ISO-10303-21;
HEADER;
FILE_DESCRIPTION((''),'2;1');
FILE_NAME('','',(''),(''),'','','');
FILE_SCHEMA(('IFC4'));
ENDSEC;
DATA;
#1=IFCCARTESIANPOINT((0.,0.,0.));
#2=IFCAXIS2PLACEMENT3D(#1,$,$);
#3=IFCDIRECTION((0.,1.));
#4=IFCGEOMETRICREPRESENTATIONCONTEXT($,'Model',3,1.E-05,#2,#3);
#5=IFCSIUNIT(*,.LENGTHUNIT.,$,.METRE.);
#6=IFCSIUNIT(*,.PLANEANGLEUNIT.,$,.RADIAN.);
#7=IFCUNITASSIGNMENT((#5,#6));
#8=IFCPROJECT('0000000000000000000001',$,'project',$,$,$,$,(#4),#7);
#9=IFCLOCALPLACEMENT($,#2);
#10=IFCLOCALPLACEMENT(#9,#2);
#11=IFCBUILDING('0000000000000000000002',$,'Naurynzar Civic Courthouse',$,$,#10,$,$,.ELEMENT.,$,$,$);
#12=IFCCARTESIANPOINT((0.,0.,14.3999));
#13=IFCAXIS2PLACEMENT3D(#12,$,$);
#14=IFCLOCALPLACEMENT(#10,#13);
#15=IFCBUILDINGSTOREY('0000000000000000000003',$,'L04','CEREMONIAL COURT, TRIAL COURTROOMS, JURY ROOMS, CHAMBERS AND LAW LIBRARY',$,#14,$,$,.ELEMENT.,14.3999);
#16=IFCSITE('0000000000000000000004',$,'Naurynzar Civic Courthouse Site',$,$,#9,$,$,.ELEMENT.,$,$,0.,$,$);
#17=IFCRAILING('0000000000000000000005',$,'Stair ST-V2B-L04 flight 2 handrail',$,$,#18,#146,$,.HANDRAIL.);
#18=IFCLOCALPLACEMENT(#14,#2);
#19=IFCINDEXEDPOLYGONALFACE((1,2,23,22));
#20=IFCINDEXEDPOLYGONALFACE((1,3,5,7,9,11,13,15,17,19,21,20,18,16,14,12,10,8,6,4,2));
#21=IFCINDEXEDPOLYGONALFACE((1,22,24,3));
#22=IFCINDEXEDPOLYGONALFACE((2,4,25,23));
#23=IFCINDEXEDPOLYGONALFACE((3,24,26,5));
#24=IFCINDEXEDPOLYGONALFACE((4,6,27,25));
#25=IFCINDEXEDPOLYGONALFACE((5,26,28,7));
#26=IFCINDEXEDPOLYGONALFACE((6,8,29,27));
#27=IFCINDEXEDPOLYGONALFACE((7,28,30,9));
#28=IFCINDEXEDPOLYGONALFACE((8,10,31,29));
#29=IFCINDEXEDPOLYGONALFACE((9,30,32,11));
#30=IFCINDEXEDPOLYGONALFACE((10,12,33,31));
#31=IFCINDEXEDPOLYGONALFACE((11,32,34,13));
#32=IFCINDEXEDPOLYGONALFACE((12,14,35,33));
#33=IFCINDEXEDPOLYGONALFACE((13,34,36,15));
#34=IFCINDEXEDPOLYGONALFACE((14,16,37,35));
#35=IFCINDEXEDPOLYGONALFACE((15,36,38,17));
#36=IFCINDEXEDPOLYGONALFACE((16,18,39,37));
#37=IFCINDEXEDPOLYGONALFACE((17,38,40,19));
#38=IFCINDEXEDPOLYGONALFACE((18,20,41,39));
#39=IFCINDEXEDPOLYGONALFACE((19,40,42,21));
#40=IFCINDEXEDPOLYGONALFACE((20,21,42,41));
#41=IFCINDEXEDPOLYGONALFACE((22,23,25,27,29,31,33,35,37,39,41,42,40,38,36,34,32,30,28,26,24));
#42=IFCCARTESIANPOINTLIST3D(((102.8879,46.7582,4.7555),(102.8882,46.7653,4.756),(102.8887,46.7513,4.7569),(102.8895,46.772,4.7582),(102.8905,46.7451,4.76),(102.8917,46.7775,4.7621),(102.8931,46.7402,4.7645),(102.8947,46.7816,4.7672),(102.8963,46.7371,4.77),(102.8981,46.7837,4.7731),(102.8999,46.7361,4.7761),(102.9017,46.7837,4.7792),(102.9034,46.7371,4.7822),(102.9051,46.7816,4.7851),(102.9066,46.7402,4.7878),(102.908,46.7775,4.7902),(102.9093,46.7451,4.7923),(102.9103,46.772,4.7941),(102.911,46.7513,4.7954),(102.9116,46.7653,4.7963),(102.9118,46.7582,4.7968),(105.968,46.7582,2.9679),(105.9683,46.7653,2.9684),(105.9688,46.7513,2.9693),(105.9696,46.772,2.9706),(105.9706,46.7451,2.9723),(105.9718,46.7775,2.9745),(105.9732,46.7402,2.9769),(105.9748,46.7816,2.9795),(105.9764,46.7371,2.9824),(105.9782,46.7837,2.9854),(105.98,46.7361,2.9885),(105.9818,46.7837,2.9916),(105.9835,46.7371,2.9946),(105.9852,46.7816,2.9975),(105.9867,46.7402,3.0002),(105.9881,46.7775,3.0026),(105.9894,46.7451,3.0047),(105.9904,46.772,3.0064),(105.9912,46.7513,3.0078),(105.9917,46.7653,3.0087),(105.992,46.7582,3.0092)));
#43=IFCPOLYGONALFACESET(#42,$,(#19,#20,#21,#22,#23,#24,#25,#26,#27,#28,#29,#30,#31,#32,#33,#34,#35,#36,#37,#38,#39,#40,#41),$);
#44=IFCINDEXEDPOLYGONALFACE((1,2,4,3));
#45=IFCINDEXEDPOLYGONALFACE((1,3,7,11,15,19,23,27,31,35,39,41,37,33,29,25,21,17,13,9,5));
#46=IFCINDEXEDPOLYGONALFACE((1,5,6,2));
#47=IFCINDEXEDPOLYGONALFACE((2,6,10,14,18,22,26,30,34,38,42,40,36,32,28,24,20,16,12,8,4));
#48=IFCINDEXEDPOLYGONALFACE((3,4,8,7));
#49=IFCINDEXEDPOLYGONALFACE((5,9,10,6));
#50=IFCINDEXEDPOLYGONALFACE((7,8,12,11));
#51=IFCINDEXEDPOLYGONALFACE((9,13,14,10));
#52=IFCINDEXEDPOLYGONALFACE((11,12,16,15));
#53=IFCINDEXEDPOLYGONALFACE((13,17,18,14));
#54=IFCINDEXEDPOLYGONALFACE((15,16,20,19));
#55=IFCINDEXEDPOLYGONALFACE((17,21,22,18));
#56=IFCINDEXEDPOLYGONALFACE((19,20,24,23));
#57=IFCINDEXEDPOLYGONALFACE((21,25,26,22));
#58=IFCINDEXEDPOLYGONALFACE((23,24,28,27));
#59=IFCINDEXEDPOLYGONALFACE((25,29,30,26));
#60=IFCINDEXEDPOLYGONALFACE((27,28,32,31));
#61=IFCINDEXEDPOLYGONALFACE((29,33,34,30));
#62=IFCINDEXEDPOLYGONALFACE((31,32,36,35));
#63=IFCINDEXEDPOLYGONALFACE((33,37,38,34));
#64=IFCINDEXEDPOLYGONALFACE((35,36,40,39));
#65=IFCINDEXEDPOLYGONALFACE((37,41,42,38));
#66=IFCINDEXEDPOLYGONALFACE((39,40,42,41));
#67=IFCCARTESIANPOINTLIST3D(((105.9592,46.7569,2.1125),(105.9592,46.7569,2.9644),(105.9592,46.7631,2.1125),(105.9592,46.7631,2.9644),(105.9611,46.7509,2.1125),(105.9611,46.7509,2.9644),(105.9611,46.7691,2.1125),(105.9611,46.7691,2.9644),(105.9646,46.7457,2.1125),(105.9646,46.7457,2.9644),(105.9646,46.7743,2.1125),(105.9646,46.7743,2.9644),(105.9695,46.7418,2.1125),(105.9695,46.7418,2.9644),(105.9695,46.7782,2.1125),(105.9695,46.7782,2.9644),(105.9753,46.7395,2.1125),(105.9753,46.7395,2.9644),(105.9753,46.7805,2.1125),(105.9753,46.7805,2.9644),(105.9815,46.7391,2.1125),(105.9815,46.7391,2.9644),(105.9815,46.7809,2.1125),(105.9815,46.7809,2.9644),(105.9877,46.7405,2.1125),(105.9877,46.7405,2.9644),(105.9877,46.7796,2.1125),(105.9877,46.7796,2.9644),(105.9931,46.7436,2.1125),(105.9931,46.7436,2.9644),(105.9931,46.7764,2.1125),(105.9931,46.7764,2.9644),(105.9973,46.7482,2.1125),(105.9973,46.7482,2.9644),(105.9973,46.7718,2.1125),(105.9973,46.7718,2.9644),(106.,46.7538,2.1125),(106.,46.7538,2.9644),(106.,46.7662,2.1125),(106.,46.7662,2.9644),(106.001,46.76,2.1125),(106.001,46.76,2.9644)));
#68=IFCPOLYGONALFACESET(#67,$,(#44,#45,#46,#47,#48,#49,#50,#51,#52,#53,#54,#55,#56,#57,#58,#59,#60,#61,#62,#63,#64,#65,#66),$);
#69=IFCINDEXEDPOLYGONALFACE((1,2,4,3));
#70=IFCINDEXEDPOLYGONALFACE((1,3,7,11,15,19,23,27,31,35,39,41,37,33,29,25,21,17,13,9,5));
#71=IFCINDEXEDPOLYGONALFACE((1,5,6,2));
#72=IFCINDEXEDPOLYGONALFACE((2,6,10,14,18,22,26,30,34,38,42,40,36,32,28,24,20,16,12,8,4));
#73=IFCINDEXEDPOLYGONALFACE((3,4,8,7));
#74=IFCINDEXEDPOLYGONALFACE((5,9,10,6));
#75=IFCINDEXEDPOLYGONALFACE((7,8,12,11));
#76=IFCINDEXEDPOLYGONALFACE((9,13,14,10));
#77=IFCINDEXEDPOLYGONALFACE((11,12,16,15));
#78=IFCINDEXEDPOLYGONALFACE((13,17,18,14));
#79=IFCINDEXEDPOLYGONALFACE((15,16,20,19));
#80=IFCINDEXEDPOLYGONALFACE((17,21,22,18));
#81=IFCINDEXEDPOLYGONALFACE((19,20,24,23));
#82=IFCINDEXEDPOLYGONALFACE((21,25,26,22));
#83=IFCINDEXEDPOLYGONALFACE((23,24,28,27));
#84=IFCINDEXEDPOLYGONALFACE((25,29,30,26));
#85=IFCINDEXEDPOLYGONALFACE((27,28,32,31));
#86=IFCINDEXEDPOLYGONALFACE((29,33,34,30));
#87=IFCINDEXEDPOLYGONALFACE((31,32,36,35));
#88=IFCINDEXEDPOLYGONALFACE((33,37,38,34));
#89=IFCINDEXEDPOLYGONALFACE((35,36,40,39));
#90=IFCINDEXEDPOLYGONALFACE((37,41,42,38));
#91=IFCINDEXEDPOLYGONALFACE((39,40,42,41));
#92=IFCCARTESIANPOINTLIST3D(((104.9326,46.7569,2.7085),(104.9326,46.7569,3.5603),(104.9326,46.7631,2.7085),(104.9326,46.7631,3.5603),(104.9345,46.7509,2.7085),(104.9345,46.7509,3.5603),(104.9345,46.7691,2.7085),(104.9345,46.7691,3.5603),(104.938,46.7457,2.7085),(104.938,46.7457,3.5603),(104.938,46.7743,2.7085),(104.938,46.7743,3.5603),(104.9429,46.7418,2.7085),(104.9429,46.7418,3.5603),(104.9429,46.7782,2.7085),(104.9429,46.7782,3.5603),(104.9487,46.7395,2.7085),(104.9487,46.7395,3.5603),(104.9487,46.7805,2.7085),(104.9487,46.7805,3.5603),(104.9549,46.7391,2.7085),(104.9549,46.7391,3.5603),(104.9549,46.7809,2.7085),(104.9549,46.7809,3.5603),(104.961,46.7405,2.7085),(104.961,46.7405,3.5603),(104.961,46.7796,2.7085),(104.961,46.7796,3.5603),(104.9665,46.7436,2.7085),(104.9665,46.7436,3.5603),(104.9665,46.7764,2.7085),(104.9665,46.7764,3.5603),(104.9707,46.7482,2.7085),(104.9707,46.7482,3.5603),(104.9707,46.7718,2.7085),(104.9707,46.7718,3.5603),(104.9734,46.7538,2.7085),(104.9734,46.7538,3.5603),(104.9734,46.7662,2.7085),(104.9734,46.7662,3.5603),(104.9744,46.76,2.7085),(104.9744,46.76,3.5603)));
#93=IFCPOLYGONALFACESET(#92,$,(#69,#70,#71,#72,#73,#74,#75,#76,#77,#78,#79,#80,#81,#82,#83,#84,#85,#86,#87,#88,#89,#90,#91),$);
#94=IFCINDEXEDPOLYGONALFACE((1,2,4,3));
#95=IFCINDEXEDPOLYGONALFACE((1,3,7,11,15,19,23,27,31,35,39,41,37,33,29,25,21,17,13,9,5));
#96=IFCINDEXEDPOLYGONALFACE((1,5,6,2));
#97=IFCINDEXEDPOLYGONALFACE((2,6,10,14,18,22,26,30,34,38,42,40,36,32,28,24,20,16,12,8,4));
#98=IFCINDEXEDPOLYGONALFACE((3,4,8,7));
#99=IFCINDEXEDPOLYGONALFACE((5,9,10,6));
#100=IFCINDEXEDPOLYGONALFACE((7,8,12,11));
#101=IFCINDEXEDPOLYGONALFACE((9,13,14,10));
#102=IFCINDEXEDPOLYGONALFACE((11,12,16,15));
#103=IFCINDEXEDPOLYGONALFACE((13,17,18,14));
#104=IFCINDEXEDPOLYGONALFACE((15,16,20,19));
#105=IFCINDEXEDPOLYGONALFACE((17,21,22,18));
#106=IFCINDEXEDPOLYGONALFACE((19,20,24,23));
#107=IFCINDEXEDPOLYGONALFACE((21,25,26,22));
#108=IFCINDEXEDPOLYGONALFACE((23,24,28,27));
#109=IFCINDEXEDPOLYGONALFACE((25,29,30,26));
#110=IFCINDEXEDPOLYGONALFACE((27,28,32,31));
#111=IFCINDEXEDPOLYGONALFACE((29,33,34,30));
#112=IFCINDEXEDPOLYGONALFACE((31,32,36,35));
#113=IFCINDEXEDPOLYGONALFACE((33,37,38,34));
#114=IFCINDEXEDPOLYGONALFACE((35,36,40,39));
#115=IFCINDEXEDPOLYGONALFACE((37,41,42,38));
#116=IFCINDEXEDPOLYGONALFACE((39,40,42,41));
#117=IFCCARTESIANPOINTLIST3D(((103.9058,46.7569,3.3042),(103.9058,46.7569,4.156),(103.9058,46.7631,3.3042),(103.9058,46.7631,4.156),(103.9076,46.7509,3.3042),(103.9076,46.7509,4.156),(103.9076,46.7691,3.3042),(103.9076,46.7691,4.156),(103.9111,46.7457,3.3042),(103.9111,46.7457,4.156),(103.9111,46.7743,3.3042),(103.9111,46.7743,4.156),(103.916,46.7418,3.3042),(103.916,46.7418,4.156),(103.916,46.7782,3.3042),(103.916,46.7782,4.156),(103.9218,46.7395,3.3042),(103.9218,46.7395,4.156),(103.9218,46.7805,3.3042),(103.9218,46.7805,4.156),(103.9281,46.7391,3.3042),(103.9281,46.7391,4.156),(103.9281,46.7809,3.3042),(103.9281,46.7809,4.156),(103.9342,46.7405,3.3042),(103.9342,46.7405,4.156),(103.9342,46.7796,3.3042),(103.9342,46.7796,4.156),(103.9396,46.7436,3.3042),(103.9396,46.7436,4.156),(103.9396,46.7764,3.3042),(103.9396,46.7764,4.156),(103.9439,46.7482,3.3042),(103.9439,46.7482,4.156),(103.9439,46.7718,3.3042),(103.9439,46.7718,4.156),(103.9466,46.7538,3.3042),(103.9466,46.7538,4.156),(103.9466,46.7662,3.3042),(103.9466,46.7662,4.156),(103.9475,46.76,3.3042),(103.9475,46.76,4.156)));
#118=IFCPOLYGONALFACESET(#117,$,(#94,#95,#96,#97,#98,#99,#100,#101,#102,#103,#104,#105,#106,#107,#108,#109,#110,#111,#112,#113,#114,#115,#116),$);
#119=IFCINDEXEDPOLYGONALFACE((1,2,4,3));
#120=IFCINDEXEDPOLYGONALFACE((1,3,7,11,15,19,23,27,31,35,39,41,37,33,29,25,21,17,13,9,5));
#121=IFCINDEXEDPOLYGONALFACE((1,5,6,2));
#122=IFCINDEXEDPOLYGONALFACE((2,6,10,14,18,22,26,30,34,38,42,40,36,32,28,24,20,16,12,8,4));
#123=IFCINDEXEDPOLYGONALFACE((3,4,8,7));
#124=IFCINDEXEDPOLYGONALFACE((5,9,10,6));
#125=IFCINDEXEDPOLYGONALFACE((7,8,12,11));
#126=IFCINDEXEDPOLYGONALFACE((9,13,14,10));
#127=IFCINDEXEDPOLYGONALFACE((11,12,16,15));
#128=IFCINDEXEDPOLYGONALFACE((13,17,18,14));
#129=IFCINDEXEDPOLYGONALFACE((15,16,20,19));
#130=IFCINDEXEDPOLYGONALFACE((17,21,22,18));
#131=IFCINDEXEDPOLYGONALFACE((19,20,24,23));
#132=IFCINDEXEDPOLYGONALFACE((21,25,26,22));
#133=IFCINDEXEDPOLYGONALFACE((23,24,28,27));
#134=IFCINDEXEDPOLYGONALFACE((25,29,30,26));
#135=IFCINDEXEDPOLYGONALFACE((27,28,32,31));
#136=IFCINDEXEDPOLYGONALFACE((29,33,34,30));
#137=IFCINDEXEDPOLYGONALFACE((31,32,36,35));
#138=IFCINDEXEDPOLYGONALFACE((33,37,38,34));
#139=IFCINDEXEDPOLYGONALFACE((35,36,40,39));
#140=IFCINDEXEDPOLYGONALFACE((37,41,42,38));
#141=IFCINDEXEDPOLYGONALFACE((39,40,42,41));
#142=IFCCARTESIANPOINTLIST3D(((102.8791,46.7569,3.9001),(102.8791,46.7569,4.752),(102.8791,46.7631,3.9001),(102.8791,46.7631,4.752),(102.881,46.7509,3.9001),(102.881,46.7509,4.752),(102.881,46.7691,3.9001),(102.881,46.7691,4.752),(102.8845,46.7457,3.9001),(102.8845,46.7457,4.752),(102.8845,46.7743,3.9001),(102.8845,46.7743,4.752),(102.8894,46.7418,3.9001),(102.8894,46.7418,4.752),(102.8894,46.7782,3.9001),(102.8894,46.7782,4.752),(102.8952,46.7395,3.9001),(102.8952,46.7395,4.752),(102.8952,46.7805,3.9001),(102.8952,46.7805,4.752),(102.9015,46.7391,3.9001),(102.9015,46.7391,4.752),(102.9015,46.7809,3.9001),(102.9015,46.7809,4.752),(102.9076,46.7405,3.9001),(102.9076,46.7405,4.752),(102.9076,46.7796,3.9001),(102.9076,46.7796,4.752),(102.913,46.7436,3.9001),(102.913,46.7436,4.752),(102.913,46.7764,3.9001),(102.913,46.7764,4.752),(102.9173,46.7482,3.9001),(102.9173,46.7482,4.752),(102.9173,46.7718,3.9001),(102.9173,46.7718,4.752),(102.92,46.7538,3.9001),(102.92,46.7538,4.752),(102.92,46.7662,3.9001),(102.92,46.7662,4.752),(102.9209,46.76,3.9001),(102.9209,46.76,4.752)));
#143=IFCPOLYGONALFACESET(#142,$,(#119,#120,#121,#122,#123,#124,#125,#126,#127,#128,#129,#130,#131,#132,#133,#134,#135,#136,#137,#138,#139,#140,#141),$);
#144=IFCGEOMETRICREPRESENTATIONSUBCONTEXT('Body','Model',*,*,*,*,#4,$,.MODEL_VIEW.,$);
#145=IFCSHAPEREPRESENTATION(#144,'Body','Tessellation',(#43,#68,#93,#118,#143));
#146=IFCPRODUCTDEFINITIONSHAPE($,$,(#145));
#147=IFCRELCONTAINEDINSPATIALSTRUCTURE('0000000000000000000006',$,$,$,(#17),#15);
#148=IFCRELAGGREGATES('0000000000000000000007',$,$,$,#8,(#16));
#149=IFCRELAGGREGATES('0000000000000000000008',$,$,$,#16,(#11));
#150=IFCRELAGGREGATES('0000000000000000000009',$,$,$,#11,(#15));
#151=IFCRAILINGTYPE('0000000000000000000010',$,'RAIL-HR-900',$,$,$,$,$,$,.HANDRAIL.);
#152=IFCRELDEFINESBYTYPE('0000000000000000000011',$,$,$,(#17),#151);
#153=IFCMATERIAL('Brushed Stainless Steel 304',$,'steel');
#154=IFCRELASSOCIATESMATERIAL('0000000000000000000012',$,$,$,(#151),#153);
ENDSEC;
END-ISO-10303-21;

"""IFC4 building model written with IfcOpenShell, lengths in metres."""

from ifc_helpers import new_model, si_unit, direction, frame, origin, origin_2d, place, context, subcontext, project, spatial, circle, extrude, material, type_object, element, save


model = new_model("IFC4")

# Units and contexts
model_context = context("Model", 3, precision=1e-05, world=origin(), true_north=direction((0.0, 1.0)))
body_context = subcontext(model_context, "Body", "Model", "MODEL_VIEW")
ifc_project = project(units=[si_unit("LENGTHUNIT", "METRE"), si_unit("PLANEANGLEUNIT", "RADIAN")], contexts=[model_context])

# Site, building, storey
site_placement = place(None, origin())
site = spatial("IfcSite", under=ifc_project, at=site_placement, Name="Naurynzar Civic Courthouse Site", CompositionType="ELEMENT", RefElevation=0.0)
building_placement = place(site_placement, origin())
building = spatial("IfcBuilding", under=site, at=building_placement, Name="Naurynzar Civic Courthouse", CompositionType="ELEMENT")
storey_placement = place(building_placement, frame((0.0, 0.0, 14.3999)))
storey = spatial("IfcBuildingStorey", under=building, at=storey_placement, Name="L04", Description="CEREMONIAL COURT, TRIAL COURTROOMS, JURY ROOMS, CHAMBERS AND LAW LIBRARY", CompositionType="ELEMENT", Elevation=14.3999)

# Railing
ifc_material_1 = material(Name="Brushed Stainless Steel 304", Category="steel")
railing_type_1 = type_object("IfcRailingType", Name="RAIL-HR-900", PredefinedType="HANDRAIL", material=ifc_material_1)
railing_1_placement = place(storey_placement, frame((105.98, 46.76, 2.1125)))
element("IfcRailing", 1, at=railing_1_placement, inside=storey, type_object=railing_type_1, Name="Stair ST-V2B-L04 flight 2 handrail", PredefinedType="HANDRAIL", context=body_context, shape_type="SweptSolid", body=[
    extrude(circle(Radius=0.0239, at=origin_2d()), frame((0.0, 0.0, 0.876), z_axis=(-0.864891, 0.0, 0.50196), x_axis=(0.0, -1.0, 0.0)), (0.0, 0.0, 1.0), 3.5613),
    extrude(circle(Radius=0.021, at=origin_2d()), origin(), (0.0, 0.0, 1.0), 0.8518),
    extrude(circle(Radius=0.021, at=origin_2d()), frame((-1.0266, 0.0, 0.5959)), (0.0, 0.0, 1.0), 0.8518),
    extrude(circle(Radius=0.021, at=origin_2d()), frame((-2.0535, 0.0, 1.1917)), (0.0, 0.0, 1.0), 0.8518),
    extrude(circle(Radius=0.021, at=origin_2d()), frame((-3.0801, 0.0, 1.7876)), (0.0, 0.0, 1.0), 0.8518),
])

save(model, "model.ifc")
